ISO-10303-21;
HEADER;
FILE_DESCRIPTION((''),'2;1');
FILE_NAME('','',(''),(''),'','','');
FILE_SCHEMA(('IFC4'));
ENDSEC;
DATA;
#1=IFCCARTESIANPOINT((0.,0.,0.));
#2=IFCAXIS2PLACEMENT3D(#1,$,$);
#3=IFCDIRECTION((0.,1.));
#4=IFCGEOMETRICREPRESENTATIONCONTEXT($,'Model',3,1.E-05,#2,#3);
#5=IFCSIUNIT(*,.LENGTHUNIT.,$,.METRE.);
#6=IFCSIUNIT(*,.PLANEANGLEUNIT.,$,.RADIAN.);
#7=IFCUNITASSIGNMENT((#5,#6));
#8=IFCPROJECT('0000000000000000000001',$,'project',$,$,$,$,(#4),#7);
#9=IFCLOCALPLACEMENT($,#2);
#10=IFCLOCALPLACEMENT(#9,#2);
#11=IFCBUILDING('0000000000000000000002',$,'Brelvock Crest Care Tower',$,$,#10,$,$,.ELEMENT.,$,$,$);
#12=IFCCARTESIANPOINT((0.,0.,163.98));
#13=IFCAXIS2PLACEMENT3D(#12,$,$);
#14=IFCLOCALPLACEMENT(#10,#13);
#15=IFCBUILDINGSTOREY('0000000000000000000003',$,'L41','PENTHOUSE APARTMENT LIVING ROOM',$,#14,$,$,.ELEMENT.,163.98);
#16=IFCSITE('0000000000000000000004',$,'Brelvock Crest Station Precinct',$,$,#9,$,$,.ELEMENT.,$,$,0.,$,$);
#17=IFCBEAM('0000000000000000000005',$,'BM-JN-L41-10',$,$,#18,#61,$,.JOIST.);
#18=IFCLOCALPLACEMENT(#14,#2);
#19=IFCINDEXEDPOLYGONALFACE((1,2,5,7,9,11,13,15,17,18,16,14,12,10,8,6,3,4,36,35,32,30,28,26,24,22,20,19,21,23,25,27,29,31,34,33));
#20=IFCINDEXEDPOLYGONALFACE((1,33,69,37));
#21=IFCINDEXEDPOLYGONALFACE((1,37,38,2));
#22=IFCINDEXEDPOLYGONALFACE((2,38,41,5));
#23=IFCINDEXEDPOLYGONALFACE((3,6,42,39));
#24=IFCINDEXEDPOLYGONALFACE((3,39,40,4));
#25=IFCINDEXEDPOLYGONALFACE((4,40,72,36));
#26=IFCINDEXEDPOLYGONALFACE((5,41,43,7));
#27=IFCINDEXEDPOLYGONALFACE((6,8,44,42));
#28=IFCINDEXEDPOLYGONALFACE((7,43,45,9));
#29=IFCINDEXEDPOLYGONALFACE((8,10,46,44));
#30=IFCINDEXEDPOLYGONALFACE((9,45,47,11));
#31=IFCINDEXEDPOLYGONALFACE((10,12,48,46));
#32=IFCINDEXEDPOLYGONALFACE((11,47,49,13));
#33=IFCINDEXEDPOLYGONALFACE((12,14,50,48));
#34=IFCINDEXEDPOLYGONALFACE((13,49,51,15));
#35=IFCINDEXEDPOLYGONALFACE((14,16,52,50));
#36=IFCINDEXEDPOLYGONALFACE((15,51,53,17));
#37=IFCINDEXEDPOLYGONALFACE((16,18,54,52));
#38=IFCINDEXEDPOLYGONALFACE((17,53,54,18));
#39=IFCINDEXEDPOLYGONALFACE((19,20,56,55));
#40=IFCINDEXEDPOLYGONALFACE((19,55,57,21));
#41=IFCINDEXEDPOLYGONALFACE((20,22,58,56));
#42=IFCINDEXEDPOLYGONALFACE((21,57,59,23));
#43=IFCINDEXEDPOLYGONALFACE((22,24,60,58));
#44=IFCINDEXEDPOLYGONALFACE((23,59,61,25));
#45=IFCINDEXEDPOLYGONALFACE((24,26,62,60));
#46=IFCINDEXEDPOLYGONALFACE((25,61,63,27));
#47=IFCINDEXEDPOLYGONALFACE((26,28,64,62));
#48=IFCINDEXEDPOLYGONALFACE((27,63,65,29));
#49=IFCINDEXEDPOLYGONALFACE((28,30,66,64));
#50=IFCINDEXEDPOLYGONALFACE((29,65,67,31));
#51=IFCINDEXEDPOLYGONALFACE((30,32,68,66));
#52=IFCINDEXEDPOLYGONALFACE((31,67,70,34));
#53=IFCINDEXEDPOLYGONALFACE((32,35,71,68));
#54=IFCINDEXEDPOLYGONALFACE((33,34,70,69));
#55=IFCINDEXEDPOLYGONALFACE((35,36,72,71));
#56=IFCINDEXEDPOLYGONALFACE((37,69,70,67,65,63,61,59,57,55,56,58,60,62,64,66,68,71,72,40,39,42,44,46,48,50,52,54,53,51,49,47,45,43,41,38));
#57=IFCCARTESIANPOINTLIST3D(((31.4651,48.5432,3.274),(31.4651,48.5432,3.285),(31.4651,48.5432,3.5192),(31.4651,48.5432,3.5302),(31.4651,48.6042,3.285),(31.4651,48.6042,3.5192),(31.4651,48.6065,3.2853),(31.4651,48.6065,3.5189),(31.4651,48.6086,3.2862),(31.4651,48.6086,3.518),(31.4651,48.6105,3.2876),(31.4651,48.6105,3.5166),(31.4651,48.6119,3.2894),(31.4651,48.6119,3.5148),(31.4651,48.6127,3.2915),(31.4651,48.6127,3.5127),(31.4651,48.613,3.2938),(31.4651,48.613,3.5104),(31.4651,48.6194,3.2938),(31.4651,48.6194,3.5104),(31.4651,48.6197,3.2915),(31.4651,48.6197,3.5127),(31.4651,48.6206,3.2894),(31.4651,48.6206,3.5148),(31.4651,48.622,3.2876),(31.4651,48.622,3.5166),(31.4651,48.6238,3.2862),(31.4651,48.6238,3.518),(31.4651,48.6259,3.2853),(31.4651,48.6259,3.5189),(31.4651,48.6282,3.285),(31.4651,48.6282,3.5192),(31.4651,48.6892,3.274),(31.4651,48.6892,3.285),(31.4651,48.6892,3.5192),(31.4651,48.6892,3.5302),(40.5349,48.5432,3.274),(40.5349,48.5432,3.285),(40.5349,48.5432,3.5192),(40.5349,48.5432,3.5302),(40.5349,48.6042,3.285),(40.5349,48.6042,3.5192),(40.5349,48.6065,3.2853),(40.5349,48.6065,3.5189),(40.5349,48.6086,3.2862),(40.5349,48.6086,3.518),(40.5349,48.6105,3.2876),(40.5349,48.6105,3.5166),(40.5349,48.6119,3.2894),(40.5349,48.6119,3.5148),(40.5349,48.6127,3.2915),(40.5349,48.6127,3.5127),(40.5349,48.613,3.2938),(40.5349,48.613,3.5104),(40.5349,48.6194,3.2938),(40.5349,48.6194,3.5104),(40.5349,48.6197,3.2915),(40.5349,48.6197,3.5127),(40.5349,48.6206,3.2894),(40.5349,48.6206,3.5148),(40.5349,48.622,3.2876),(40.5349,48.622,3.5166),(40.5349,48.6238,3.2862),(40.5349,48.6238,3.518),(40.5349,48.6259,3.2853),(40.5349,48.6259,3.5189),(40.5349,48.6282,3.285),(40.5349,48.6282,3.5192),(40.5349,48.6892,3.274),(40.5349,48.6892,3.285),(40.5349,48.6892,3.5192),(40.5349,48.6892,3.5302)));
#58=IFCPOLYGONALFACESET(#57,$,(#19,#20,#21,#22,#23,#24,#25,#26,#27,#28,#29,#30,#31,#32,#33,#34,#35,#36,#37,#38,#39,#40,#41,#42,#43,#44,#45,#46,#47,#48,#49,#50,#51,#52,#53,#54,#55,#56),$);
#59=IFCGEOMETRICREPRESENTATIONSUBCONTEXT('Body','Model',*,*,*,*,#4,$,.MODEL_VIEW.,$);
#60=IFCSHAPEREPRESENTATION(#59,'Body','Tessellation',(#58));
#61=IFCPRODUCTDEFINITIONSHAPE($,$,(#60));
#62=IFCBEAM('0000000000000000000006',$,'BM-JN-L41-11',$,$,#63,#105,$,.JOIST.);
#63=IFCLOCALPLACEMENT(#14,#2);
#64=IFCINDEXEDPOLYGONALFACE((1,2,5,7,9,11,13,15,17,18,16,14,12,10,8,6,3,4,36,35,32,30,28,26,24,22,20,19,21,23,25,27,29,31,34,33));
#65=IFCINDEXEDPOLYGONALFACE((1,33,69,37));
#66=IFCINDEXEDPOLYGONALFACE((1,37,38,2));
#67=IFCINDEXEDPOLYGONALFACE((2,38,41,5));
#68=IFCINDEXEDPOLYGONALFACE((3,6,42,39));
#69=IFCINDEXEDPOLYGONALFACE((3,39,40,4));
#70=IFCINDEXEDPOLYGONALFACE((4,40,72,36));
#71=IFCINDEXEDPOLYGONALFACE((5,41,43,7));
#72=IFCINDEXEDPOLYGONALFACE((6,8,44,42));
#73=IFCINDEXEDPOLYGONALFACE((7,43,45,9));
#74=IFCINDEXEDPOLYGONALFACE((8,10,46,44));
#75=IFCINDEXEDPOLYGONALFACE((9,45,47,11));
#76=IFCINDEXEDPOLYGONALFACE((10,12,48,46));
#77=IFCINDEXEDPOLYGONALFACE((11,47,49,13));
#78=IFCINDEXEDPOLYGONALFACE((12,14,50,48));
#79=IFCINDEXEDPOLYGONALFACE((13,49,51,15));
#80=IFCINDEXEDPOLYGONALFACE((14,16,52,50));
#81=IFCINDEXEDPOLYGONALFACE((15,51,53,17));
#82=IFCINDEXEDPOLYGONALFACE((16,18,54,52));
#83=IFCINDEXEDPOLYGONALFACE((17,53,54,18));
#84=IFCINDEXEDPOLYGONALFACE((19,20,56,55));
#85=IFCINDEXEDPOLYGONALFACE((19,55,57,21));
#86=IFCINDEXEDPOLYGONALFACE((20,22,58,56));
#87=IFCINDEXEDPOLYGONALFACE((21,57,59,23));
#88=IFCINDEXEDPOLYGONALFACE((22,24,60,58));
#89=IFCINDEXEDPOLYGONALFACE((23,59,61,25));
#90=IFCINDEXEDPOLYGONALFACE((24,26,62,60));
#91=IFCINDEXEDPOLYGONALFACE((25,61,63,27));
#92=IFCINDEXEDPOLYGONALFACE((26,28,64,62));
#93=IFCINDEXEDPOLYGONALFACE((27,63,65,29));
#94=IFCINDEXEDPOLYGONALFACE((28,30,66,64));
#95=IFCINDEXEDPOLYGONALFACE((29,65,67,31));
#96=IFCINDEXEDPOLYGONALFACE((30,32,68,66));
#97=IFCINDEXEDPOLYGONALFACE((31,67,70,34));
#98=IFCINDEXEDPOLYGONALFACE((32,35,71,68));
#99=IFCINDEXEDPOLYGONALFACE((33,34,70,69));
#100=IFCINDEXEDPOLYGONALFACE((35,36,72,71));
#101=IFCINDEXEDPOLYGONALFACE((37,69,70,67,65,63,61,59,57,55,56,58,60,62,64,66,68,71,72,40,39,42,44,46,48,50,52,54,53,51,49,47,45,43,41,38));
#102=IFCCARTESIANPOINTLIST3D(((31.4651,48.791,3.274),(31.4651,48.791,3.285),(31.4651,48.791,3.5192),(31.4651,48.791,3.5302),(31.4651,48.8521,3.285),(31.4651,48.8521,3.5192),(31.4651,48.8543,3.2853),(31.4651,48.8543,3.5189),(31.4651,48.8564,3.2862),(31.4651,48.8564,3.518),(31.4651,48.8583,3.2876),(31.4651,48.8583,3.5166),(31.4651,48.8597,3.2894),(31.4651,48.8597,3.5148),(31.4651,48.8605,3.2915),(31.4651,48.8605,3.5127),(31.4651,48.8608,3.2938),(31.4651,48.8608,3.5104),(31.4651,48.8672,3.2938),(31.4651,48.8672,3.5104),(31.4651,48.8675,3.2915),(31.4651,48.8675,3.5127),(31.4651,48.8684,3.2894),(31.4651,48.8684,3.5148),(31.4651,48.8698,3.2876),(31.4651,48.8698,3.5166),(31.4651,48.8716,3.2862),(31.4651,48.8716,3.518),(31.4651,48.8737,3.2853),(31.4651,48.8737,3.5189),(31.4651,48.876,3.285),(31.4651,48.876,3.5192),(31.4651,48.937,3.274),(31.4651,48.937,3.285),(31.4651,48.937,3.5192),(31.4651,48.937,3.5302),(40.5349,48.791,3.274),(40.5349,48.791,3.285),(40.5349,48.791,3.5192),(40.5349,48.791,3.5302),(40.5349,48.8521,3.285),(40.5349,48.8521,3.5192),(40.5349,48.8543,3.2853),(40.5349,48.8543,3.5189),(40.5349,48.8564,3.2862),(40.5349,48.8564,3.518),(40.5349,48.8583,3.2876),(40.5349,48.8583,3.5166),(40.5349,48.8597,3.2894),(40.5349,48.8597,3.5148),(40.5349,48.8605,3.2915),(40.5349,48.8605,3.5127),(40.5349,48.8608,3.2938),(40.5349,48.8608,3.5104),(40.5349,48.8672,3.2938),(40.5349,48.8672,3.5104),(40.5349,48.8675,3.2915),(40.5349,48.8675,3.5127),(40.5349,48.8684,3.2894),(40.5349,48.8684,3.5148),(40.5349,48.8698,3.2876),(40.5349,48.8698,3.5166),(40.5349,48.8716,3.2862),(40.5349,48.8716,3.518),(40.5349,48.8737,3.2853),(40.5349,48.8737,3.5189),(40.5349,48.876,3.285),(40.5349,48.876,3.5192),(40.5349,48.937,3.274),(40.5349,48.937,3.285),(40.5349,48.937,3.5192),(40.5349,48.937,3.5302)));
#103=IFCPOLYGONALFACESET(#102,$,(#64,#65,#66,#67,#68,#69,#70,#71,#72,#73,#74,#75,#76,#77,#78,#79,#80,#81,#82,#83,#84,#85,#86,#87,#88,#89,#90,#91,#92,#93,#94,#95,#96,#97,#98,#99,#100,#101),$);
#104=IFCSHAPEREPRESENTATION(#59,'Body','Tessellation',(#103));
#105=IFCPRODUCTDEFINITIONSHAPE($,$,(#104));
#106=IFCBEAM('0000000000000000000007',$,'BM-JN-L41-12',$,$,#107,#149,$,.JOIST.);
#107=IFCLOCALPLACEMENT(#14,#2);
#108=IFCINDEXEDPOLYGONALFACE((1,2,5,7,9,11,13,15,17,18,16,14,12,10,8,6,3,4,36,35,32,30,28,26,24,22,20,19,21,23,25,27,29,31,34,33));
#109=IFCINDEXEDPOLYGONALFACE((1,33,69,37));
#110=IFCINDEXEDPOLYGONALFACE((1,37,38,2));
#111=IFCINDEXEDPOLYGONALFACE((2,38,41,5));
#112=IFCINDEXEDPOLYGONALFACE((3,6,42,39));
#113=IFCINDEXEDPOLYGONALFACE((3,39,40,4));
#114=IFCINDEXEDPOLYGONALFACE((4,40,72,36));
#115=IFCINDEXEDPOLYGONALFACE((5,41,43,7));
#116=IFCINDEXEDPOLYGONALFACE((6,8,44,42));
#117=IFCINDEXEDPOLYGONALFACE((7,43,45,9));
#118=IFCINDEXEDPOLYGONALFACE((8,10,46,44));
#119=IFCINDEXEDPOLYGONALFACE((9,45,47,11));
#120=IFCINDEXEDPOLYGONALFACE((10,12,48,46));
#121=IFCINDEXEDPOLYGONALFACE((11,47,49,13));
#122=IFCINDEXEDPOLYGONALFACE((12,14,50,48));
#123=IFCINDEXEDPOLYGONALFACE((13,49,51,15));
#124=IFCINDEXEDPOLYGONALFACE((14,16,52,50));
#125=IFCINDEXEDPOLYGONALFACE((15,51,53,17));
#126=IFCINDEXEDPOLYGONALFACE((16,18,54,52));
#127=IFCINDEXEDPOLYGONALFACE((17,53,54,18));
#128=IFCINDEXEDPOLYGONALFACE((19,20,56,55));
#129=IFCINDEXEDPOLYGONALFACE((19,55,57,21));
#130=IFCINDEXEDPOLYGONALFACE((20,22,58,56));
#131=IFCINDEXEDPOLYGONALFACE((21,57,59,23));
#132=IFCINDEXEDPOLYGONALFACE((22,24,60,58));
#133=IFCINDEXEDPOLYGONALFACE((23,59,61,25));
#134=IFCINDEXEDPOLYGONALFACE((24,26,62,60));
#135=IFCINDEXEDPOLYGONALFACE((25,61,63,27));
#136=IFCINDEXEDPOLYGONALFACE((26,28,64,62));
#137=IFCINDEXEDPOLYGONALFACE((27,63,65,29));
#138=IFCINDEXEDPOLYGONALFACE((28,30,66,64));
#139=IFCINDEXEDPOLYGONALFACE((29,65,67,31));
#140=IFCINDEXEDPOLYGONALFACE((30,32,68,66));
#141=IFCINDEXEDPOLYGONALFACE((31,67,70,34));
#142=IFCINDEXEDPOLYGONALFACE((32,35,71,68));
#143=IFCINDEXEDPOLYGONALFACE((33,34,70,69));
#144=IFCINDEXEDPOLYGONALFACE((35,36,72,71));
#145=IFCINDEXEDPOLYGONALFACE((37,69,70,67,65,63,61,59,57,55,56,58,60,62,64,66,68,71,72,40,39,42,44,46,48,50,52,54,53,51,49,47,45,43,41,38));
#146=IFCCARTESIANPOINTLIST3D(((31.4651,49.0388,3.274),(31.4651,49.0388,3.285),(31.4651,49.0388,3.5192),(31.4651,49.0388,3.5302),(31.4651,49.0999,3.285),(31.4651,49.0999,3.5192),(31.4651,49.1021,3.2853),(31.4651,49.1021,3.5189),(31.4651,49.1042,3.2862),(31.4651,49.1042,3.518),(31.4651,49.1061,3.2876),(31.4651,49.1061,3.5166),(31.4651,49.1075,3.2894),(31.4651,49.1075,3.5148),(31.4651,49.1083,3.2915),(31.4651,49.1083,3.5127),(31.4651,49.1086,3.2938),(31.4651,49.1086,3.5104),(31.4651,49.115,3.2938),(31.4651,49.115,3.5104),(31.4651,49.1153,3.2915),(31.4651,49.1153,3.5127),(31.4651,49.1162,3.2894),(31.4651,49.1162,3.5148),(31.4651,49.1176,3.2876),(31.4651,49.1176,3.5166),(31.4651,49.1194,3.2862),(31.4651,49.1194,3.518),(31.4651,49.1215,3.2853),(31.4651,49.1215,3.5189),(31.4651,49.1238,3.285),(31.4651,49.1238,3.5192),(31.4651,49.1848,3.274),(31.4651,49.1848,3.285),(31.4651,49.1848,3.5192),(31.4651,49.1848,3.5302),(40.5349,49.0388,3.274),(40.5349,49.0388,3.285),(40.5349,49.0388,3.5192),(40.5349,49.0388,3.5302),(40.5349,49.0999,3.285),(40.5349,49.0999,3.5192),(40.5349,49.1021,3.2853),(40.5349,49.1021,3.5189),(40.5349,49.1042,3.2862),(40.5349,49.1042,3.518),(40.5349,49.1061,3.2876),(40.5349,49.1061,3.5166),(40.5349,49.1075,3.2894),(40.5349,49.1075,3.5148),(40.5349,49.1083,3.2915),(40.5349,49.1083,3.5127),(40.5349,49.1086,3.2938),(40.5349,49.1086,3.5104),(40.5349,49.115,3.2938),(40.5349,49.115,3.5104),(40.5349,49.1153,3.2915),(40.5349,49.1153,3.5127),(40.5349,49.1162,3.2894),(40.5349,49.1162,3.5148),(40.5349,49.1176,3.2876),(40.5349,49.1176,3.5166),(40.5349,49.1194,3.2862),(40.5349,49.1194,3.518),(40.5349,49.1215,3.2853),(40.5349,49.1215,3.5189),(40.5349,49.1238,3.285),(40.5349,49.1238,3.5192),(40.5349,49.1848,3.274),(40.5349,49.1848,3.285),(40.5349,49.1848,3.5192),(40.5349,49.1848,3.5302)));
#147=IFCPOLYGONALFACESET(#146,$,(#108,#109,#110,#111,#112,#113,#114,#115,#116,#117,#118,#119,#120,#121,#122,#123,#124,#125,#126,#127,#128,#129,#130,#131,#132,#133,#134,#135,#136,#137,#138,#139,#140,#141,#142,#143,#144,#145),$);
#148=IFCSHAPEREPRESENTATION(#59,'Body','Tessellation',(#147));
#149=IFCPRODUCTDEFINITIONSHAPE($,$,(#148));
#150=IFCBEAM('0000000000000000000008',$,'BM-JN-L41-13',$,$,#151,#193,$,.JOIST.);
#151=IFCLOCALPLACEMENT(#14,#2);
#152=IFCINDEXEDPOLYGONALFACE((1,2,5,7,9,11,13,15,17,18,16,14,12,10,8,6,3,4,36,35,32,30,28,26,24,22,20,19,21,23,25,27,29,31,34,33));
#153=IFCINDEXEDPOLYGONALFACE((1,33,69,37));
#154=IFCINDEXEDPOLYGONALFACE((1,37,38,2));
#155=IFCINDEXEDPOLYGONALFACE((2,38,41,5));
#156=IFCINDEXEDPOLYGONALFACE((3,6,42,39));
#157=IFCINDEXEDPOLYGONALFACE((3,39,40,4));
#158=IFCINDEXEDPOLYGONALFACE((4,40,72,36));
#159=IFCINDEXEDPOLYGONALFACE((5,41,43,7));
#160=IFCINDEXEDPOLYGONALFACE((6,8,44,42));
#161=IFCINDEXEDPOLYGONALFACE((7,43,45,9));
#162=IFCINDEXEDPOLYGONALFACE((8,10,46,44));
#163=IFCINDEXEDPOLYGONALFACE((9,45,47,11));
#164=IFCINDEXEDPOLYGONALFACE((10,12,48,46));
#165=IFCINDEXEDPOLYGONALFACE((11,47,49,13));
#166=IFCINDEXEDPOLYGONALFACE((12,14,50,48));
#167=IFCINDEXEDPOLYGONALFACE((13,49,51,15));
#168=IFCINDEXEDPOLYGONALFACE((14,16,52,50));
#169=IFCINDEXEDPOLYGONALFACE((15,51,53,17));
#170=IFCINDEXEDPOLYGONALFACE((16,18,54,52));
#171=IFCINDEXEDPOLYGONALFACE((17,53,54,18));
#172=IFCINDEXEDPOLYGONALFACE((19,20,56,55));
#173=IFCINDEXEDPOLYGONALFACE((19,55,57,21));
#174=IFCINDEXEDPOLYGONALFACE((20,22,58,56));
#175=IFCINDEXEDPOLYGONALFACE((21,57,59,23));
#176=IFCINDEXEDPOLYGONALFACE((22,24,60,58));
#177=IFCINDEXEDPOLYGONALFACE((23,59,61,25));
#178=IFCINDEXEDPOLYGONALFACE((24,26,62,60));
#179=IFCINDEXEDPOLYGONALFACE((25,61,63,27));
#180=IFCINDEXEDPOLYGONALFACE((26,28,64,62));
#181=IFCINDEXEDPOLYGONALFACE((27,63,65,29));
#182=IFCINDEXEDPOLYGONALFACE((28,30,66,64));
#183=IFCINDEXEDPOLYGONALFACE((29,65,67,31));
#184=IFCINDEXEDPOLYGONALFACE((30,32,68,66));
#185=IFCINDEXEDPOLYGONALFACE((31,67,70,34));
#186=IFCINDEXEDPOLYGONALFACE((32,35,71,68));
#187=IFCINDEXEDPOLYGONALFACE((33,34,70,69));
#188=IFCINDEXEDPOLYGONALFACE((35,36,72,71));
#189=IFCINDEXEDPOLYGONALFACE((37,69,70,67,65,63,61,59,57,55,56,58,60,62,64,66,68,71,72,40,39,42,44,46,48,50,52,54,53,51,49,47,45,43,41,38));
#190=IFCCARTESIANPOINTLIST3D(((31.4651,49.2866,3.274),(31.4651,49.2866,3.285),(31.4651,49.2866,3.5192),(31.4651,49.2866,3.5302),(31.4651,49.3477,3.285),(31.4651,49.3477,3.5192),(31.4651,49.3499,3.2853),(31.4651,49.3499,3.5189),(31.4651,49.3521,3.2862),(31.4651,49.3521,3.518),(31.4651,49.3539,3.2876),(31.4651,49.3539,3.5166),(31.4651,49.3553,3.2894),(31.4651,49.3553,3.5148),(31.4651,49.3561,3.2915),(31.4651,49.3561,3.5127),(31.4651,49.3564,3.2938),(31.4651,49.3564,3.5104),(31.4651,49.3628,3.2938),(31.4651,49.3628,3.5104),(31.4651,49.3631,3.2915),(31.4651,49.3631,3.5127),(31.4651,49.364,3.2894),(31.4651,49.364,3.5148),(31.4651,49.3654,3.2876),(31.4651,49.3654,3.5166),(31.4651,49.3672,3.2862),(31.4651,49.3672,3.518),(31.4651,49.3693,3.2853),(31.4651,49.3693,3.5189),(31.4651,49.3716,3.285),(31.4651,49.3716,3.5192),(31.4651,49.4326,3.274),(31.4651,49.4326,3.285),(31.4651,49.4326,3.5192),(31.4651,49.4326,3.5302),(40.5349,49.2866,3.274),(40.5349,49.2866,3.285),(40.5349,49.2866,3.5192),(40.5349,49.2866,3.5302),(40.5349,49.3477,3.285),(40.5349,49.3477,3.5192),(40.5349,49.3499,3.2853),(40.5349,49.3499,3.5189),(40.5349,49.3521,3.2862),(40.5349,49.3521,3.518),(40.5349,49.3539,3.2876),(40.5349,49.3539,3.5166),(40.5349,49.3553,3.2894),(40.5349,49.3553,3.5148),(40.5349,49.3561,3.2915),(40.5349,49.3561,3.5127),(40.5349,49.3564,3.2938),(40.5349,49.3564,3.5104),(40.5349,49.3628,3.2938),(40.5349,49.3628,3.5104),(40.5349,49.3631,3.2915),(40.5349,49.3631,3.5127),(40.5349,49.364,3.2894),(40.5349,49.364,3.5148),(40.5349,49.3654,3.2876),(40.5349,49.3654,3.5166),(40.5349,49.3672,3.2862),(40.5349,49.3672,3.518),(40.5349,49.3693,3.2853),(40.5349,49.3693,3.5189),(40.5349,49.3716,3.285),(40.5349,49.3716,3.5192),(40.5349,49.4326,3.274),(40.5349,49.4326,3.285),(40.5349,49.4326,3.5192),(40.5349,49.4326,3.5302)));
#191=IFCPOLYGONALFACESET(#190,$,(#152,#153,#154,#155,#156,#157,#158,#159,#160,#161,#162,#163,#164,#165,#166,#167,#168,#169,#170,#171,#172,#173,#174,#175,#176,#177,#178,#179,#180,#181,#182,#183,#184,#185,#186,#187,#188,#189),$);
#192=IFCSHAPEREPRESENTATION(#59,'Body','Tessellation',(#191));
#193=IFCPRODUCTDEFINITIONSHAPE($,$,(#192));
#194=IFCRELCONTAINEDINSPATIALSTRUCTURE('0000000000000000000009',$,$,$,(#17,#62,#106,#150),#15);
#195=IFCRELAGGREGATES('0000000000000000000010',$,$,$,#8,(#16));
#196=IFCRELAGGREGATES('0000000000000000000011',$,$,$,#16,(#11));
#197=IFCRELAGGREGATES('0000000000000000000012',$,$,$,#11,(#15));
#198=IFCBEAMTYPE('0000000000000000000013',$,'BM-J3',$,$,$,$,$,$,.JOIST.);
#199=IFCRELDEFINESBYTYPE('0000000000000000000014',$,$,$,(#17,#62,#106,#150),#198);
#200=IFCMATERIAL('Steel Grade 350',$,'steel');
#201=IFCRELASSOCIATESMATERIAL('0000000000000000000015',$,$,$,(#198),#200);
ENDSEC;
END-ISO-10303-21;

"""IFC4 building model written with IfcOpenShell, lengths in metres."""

from ifc_helpers import new_model, si_unit, direction, frame, origin, origin_2d, place, context, subcontext, project, spatial, i_section, extrude, source, transform, mapped, material, material_profile, profile_set, type_object, element, save


model = new_model("IFC4")

# Units and contexts
model_context = context("Model", 3, precision=1e-05, world=origin(), true_north=direction((0.0, 1.0)))
body_context = subcontext(model_context, "Body", "Model", "MODEL_VIEW")
ifc_project = project(units=[si_unit("LENGTHUNIT", "METRE"), si_unit("PLANEANGLEUNIT", "RADIAN")], contexts=[model_context])

# Site, building, storey
site_placement = place(None, origin())
site = spatial("IfcSite", under=ifc_project, at=site_placement, Name="Brelvock Crest Station Precinct", CompositionType="ELEMENT", RefElevation=0.0)
building_placement = place(site_placement, origin())
building = spatial("IfcBuilding", under=site, at=building_placement, Name="Brelvock Crest Care Tower", CompositionType="ELEMENT")
storey_placement = place(building_placement, frame((0.0, 0.0, 163.98)))
storey = spatial("IfcBuildingStorey", under=building, at=storey_placement, Name="L41", Description="PENTHOUSE APARTMENT LIVING ROOM", CompositionType="ELEMENT", Elevation=163.98)

# Shared definitions
ifc_material_1 = material(Name="Steel Grade 350", Category="steel")

# Beams
ifc_material_profile_1 = material_profile(ifc_material_1, i_section(OverallWidth=0.146, OverallDepth=0.2561, WebThickness=0.0063, FlangeThickness=0.011, FilletRadius=0.0088, at=origin_2d()), Name="250UB37.3")
ifc_profile_set_1 = profile_set([ifc_material_profile_1], Name="Steel Grade 350")
beam_type_1 = type_object("IfcBeamType", Name="BM-J3", PredefinedType="JOIST", material=ifc_profile_set_1)
shared_shape_1 = source(origin(), body_context, "Body", "SweptSolid", [
    extrude(i_section(OverallWidth=0.146, OverallDepth=0.2561, WebThickness=0.0063, FlangeThickness=0.011, FilletRadius=0.0088, at=origin_2d()), origin(), (0.0, 0.0, 1.0), 9.0698),
])
for number, where, z_axis, x_axis, name in (
    (1, (31.4651, 48.6162, 3.4021), (1.0, 0.0, 0.0), (0.0, 1.0, 0.0), "BM-JN-L41-10"),
    (2, (31.4651, 48.864, 3.4021), (1.0, 0.0, 0.0), (0.0, 1.0, 0.0), "BM-JN-L41-11"),
    (3, (31.4651, 49.1118, 3.4021), (1.0, 0.0, 0.0), (0.0, 1.0, 0.0), "BM-JN-L41-12"),
    (4, (31.4651, 49.3596, 3.4021), (1.0, 0.0, 0.0), (0.0, 1.0, 0.0), "BM-JN-L41-13"),
):
    element("IfcBeam", number, at=place(storey_placement, frame(where, z_axis=z_axis, x_axis=x_axis)), inside=storey, type_object=beam_type_1, Name=name, PredefinedType="JOIST", context=body_context, shape_type="MappedRepresentation", body=[
        mapped(shared_shape_1, transform((0.0, 0.0, 0.0), x_axis=(1.0, 0.0, 0.0), y_axis=(0.0, 1.0, 0.0), z_axis=(0.0, 0.0, 1.0), scale=1.0)),
    ])

save(model, "model.ifc")
